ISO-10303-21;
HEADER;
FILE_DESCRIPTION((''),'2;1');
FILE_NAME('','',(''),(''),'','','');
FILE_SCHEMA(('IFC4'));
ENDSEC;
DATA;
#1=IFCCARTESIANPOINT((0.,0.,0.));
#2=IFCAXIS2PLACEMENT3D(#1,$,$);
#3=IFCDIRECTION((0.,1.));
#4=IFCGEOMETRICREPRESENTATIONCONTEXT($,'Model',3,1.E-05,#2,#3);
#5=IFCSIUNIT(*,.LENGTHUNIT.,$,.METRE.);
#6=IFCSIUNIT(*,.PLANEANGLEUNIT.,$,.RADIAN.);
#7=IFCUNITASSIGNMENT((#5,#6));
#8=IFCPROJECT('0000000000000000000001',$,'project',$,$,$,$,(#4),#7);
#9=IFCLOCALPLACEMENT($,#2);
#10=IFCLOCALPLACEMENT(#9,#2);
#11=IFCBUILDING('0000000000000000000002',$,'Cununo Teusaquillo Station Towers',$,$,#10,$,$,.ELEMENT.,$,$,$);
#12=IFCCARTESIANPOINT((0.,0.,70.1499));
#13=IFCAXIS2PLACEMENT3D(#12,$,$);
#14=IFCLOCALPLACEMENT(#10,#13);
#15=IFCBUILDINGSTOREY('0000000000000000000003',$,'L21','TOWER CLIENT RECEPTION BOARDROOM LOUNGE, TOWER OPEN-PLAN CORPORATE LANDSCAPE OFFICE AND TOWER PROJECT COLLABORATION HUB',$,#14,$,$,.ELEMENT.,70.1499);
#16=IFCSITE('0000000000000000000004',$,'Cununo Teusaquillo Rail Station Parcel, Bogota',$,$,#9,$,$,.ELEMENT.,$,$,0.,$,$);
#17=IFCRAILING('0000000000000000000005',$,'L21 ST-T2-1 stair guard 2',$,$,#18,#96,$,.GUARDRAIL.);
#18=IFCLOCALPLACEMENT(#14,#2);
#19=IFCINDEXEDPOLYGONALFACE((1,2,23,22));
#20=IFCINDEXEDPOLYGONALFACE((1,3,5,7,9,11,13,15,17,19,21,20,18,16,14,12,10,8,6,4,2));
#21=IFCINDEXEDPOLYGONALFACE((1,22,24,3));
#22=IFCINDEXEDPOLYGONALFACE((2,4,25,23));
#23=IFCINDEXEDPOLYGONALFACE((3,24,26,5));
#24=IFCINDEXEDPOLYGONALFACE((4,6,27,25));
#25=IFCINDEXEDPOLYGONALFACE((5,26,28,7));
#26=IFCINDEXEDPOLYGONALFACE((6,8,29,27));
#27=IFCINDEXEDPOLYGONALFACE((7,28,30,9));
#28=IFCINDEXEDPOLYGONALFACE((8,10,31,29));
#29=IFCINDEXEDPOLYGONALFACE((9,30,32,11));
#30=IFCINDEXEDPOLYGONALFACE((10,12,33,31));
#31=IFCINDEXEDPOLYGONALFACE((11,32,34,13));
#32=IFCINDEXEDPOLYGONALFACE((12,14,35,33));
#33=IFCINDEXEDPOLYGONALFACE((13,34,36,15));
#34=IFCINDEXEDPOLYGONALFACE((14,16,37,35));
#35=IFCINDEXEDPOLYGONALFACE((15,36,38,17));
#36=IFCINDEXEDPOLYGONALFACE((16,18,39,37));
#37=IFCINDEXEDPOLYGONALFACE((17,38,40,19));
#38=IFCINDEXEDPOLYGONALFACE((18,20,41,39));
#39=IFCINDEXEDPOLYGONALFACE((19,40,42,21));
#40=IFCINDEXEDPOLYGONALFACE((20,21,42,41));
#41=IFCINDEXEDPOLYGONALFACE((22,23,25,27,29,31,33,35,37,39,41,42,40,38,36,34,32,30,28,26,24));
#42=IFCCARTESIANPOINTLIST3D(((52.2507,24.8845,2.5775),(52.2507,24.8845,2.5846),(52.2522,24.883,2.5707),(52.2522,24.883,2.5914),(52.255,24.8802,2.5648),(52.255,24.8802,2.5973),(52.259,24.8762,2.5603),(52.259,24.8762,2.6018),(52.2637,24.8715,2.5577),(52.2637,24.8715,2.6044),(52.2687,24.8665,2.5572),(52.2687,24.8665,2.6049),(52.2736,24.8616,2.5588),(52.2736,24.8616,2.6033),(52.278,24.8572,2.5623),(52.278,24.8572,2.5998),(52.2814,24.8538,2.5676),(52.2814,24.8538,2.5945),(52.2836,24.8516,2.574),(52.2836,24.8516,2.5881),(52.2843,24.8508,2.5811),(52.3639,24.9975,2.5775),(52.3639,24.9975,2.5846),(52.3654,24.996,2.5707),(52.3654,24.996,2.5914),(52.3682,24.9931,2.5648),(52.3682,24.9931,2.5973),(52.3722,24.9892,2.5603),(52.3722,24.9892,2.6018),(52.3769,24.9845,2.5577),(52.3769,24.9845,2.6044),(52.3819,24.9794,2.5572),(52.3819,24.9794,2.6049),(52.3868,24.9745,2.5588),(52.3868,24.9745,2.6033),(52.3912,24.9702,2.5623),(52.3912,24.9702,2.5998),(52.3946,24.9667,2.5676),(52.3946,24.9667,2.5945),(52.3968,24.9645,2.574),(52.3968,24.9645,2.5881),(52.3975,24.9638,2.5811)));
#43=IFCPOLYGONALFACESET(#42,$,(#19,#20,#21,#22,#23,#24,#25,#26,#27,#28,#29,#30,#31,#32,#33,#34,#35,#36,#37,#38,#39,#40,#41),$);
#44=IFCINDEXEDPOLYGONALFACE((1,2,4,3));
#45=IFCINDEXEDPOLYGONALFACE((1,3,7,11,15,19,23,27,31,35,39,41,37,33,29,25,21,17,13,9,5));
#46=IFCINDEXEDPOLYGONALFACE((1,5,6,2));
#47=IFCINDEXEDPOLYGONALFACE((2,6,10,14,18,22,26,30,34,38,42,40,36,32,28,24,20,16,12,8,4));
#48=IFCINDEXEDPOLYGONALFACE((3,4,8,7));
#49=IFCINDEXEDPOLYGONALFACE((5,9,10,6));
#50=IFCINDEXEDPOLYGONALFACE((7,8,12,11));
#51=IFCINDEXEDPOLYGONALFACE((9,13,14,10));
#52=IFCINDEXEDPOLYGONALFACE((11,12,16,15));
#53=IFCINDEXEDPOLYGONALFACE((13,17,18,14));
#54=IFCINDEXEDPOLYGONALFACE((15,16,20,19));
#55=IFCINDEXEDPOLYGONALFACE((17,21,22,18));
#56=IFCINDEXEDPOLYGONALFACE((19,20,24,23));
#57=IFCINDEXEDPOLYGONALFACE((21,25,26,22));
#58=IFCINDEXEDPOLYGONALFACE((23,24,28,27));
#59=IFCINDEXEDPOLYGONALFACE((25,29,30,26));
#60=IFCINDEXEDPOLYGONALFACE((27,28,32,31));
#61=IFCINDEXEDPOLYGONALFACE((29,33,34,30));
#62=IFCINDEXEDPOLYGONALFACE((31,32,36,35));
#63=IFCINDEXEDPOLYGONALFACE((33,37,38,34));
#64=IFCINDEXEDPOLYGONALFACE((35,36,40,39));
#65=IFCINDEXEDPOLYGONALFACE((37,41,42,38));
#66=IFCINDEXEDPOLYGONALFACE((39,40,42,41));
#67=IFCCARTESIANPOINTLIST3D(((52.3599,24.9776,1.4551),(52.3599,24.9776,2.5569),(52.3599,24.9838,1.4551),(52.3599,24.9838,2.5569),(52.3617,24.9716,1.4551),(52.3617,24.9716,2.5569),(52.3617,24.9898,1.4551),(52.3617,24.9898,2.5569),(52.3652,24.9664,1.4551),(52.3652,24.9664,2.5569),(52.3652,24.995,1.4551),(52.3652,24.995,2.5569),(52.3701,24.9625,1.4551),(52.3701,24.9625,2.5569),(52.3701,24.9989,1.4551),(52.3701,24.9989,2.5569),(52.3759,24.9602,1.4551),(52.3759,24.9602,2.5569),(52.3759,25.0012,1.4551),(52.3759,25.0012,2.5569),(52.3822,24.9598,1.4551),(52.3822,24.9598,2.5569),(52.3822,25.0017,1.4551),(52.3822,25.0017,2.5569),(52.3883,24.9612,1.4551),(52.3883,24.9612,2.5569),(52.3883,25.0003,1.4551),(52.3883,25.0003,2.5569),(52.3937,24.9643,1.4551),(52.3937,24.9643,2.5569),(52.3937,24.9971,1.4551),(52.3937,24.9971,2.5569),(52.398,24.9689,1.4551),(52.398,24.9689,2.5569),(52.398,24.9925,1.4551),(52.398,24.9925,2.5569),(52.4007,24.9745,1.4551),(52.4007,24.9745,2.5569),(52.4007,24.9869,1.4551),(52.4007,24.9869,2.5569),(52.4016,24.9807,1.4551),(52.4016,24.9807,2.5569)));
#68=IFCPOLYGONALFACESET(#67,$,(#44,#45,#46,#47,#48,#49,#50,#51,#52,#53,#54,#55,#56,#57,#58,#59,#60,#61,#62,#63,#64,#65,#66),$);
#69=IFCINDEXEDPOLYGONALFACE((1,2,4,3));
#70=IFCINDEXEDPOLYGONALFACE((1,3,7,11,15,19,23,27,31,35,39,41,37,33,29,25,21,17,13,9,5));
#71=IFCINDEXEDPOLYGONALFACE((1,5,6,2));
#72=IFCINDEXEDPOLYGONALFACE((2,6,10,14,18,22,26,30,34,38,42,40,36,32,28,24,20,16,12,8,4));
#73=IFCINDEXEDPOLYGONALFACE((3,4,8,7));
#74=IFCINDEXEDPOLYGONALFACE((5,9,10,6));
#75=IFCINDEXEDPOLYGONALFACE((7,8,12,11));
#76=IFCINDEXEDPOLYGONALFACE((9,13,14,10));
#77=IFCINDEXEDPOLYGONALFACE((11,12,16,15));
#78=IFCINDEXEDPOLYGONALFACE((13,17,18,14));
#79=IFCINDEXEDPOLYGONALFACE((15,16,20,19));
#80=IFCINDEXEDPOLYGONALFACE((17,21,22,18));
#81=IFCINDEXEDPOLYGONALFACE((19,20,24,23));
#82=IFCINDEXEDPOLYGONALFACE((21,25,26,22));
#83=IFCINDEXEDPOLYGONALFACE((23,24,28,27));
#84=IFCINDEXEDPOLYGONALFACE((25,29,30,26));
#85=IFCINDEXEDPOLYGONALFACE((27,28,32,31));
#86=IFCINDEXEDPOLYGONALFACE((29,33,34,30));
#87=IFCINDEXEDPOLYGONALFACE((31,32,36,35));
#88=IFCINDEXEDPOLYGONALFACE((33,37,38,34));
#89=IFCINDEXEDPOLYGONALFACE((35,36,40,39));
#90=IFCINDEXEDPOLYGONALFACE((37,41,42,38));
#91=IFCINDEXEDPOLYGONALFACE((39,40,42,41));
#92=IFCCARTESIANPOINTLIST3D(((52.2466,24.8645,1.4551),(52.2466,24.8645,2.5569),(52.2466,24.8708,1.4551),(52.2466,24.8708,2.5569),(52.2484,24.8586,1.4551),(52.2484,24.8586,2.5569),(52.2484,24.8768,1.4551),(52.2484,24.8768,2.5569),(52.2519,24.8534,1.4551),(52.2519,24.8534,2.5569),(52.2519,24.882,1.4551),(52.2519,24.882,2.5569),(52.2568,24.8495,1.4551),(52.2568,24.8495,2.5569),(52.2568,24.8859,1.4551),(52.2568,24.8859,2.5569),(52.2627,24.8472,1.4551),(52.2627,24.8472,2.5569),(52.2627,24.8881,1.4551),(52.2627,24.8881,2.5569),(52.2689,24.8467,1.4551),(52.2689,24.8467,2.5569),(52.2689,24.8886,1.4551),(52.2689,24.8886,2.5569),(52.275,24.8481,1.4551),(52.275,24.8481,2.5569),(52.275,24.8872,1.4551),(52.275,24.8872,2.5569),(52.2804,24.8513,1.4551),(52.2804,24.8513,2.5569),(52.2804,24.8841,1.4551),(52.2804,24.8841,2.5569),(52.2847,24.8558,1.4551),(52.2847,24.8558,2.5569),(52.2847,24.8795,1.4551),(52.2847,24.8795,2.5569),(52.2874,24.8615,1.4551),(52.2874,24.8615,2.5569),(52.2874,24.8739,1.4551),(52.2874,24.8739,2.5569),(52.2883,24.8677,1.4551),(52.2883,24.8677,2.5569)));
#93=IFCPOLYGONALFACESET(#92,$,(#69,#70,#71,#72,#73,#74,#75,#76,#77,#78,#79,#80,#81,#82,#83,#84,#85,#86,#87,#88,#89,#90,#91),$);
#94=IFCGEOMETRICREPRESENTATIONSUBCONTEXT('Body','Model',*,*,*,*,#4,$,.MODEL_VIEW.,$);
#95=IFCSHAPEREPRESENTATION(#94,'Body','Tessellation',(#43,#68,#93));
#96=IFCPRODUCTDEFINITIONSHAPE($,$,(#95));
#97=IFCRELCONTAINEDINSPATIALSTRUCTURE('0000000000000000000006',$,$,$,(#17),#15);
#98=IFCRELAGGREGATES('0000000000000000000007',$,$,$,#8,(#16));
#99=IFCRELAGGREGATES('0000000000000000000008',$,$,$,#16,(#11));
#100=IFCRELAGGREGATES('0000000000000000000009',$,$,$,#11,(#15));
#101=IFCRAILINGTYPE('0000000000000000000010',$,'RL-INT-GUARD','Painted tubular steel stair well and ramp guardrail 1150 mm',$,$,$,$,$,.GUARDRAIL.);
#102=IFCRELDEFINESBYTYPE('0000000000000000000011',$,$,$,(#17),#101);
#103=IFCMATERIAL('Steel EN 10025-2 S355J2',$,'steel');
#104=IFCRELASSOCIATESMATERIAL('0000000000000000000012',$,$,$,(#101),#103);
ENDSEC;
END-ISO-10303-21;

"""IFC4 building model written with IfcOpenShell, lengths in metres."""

from ifc_helpers import new_model, si_unit, direction, frame, origin, origin_2d, place, context, subcontext, project, spatial, circle, extrude, material, type_object, element, save


model = new_model("IFC4")

# Units and contexts
model_context = context("Model", 3, precision=1e-05, world=origin(), true_north=direction((0.0, 1.0)))
body_context = subcontext(model_context, "Body", "Model", "MODEL_VIEW")
ifc_project = project(units=[si_unit("LENGTHUNIT", "METRE"), si_unit("PLANEANGLEUNIT", "RADIAN")], contexts=[model_context])

# Site, building, storey
site_placement = place(None, origin())
site = spatial("IfcSite", under=ifc_project, at=site_placement, Name="Cununo Teusaquillo Rail Station Parcel, Bogota", CompositionType="ELEMENT", RefElevation=0.0)
building_placement = place(site_placement, origin())
building = spatial("IfcBuilding", under=site, at=building_placement, Name="Cununo Teusaquillo Station Towers", CompositionType="ELEMENT")
storey_placement = place(building_placement, frame((0.0, 0.0, 70.1499)))
storey = spatial("IfcBuildingStorey", under=building, at=storey_placement, Name="L21", Description="TOWER CLIENT RECEPTION BOARDROOM LOUNGE, TOWER OPEN-PLAN CORPORATE LANDSCAPE OFFICE AND TOWER PROJECT COLLABORATION HUB", CompositionType="ELEMENT", Elevation=70.1499)

# Railing
ifc_material_1 = material(Name="Steel EN 10025-2 S355J2", Category="steel")
railing_type_1 = type_object("IfcRailingType", Name="RL-INT-GUARD", Description="Painted tubular steel stair well and ramp guardrail 1150 mm", PredefinedType="GUARDRAIL", material=ifc_material_1)
railing_1_placement = place(storey_placement, frame((52.3806, 24.9807, 1.4551)))
element("IfcRailing", 1, at=railing_1_placement, inside=storey, type_object=railing_type_1, Name="L21 ST-T2-1 stair guard 2", PredefinedType="GUARDRAIL", context=body_context, shape_type="SweptSolid", body=[
    extrude(circle(Radius=0.0239, at=origin_2d()), frame((0.0, 0.0, 1.126), z_axis=(-0.707869, -0.706344, 0.0), x_axis=(0.706344, -0.707869, 0.0)), (0.0, 0.0, 1.0), 0.1599),
    extrude(circle(Radius=0.021, at=origin_2d()), origin(), (0.0, 0.0, 1.0), 1.1018),
    extrude(circle(Radius=0.021, at=origin_2d()), frame((-0.1133, -0.113, 0.0)), (0.0, 0.0, 1.0), 1.1018),
])

save(model, "model.ifc")
